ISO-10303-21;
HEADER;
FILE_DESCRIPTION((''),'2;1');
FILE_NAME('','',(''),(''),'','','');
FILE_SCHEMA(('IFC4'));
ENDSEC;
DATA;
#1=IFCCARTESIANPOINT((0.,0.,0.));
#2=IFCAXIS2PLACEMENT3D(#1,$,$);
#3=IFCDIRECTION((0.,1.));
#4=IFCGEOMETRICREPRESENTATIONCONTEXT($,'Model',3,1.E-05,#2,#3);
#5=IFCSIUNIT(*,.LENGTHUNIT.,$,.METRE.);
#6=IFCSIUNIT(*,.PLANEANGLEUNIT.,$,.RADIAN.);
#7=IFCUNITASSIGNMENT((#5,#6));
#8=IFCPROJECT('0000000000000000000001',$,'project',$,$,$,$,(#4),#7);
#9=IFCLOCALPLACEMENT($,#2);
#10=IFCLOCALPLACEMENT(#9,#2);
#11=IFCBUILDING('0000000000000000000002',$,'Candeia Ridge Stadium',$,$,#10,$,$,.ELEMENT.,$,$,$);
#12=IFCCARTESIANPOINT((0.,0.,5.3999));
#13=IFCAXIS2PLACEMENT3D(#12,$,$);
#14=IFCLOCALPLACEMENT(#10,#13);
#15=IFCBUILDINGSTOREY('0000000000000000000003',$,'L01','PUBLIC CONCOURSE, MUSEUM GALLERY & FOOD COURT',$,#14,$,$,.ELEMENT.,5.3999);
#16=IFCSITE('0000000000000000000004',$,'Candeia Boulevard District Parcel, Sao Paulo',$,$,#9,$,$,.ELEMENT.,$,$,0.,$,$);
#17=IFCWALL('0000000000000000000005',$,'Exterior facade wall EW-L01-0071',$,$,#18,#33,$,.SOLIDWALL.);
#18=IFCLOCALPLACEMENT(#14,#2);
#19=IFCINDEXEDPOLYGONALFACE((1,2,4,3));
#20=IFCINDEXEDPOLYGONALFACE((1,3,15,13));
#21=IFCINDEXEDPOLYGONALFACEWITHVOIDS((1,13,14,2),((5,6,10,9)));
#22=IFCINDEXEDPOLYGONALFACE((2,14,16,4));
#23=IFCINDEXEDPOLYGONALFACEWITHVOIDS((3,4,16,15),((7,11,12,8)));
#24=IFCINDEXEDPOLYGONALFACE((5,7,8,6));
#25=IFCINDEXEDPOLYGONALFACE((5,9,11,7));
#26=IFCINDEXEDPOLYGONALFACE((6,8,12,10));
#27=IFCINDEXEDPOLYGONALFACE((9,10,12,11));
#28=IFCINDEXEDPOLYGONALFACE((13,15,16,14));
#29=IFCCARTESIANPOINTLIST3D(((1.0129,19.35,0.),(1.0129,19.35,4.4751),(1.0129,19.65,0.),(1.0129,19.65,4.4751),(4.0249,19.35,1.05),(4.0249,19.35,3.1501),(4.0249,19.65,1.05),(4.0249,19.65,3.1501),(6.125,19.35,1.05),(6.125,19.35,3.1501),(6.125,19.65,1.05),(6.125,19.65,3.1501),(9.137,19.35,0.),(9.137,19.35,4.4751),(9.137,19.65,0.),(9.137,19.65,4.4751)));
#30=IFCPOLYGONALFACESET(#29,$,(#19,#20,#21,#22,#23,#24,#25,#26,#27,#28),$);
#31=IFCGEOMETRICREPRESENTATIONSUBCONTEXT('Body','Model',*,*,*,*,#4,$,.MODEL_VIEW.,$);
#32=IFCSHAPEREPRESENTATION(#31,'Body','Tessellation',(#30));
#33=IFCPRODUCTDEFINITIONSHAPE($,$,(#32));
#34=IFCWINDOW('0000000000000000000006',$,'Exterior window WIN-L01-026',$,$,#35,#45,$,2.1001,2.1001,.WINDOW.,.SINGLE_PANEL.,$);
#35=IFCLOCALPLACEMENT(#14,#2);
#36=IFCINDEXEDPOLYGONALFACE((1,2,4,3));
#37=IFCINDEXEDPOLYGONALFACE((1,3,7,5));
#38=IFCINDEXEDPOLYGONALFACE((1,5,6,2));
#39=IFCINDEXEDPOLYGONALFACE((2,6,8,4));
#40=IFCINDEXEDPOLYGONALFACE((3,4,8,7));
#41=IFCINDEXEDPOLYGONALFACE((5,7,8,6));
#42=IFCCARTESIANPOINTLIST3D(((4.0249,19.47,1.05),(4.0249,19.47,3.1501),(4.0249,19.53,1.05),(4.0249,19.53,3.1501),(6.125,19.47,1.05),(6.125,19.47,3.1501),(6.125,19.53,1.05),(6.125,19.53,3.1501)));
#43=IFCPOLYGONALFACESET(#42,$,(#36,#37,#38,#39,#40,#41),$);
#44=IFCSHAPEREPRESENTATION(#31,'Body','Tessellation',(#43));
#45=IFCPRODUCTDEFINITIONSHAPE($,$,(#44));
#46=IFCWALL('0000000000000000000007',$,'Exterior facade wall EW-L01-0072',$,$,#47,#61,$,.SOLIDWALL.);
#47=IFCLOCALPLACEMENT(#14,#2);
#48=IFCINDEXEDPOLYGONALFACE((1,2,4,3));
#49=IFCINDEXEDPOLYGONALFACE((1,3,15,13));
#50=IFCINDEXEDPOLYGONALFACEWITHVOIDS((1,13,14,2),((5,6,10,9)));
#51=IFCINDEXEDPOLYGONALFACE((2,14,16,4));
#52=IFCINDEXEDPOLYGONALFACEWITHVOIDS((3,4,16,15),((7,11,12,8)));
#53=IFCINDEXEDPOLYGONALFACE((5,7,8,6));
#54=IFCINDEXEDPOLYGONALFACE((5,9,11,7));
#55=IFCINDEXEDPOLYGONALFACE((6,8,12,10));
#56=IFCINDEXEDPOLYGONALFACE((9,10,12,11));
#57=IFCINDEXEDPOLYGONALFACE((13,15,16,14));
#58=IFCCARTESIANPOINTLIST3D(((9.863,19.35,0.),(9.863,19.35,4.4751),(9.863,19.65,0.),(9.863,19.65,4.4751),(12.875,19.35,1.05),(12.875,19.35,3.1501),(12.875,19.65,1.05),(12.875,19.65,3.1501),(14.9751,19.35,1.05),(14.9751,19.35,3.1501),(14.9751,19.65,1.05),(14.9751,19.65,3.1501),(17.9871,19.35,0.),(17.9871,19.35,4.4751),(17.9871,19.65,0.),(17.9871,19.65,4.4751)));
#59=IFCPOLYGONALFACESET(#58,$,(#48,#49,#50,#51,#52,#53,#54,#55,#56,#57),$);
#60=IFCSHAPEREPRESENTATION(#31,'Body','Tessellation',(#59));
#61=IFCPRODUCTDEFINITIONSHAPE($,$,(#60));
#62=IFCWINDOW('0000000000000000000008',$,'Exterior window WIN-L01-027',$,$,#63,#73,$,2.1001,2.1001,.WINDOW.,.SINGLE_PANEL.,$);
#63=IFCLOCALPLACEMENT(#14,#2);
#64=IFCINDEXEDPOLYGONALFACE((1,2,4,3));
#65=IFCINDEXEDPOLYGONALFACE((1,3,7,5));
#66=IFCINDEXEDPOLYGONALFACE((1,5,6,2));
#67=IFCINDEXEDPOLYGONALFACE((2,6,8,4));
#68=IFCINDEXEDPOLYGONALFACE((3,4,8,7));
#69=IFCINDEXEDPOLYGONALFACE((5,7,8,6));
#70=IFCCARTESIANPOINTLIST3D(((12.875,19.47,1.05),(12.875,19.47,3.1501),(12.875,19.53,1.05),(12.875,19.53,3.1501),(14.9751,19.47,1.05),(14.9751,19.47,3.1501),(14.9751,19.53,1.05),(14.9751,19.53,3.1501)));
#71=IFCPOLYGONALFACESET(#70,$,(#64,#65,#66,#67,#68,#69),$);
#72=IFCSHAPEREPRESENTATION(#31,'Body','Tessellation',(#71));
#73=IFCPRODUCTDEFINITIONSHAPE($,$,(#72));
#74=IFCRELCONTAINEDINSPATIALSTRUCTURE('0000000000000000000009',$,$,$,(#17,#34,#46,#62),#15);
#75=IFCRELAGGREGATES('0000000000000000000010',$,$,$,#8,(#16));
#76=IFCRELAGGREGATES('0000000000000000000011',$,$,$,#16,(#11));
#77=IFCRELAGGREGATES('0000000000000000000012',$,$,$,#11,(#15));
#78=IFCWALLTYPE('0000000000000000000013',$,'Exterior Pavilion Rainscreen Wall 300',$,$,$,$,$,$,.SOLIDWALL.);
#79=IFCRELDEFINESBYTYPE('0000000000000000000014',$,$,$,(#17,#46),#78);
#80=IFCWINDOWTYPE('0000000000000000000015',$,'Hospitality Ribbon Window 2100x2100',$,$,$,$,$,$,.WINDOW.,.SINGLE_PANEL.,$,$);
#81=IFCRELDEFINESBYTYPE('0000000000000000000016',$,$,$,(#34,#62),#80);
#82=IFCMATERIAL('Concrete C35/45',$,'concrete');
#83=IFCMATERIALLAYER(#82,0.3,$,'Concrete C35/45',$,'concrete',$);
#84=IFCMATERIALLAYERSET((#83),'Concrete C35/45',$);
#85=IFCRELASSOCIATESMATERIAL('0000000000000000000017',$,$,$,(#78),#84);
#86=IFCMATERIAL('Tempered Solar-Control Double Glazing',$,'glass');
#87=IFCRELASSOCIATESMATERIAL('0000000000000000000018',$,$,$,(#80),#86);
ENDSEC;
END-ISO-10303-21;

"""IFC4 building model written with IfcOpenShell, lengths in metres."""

from ifc_helpers import new_model, si_unit, direction, frame, frame_2d, origin, place, context, subcontext, project, spatial, rectangle, extrude, material, layer, layer_set, type_object, element, fill, save


model = new_model("IFC4")

# Units and contexts
model_context = context("Model", 3, precision=1e-05, world=origin(), true_north=direction((0.0, 1.0)))
body_context = subcontext(model_context, "Body", "Model", "MODEL_VIEW")
ifc_project = project(units=[si_unit("LENGTHUNIT", "METRE"), si_unit("PLANEANGLEUNIT", "RADIAN")], contexts=[model_context])

# Site, building, storey
site_placement = place(None, origin())
site = spatial("IfcSite", under=ifc_project, at=site_placement, Name="Candeia Boulevard District Parcel, Sao Paulo", CompositionType="ELEMENT", RefElevation=0.0)
building_placement = place(site_placement, origin())
building = spatial("IfcBuilding", under=site, at=building_placement, Name="Candeia Ridge Stadium", CompositionType="ELEMENT")
storey_placement = place(building_placement, frame((0.0, 0.0, 5.3999)))
storey = spatial("IfcBuildingStorey", under=building, at=storey_placement, Name="L01", Description="PUBLIC CONCOURSE, MUSEUM GALLERY & FOOD COURT", CompositionType="ELEMENT", Elevation=5.3999)

# Walls, openings, windows
ifc_material_1 = material(Name="Concrete C35/45", Category="concrete")
ifc_material_2 = material(Name="Tempered Solar-Control Double Glazing", Category="glass")
ifc_layer_1 = layer(ifc_material_1, 0.3, Name="Concrete C35/45", Category="concrete")
ifc_layer_set_1 = layer_set([ifc_layer_1], Name="Concrete C35/45")
wall_type_1 = type_object("IfcWallType", Name="Exterior Pavilion Rainscreen Wall 300", PredefinedType="SOLIDWALL", material=ifc_layer_set_1)
wall_1_placement = place(storey_placement, frame((1.0129, 19.5, 0.0), z_axis=(0.0, 0.0, 1.0), x_axis=(1.0, 0.0, 0.0)))
wall_1 = element("IfcWall", 1, at=wall_1_placement, inside=storey, type_object=wall_type_1, Name="Exterior facade wall EW-L01-0071", PredefinedType="SOLIDWALL", context=body_context, shape_type="SweptSolid", body=[
    extrude(rectangle(XDim=8.124, YDim=0.3, at=frame_2d((4.062, 0.0))), origin(), (0.0, 0.0, 1.0), 4.4751),
])
opening_1_placement = place(wall_1_placement, frame((3.012, 0.0, 1.05)))
opening_1 = element("IfcOpeningElement", 2, at=opening_1_placement, cuts=wall_1, PredefinedType="OPENING", context=body_context, shape_type="SweptSolid", body=[
    extrude(rectangle(XDim=2.1001, YDim=2.1001, at=frame_2d((1.05, 1.05))), frame((0.0, 0.1599, 0.0), z_axis=(0.0, -1.0, 0.0), x_axis=(1.0, 0.0, 0.0)), (0.0, 0.0, 1.0), 0.3201),
])
window_type_1 = type_object("IfcWindowType", Name="Hospitality Ribbon Window 2100x2100", PartitioningType="SINGLE_PANEL", PredefinedType="WINDOW", material=ifc_material_2)
window_1_placement = place(opening_1_placement, origin())
window_1 = element("IfcWindow", 3, at=window_1_placement, inside=storey, type_object=window_type_1, Name="Exterior window WIN-L01-026", OverallHeight=2.1001, OverallWidth=2.1001, PartitioningType="SINGLE_PANEL", PredefinedType="WINDOW", context=body_context, shape_type="SweptSolid", body=[
    extrude(rectangle(XDim=2.1001, YDim=2.1001, at=frame_2d((1.05, 1.05))), frame((0.0, 0.03, 0.0), z_axis=(0.0, -1.0, 0.0), x_axis=(1.0, 0.0, 0.0)), (0.0, 0.0, 1.0), 0.0601),
])
fill(opening_1, window_1)
wall_2_placement = place(storey_placement, frame((9.863, 19.5, 0.0), z_axis=(0.0, 0.0, 1.0), x_axis=(1.0, 0.0, 0.0)))
wall_2 = element("IfcWall", 4, at=wall_2_placement, inside=storey, type_object=wall_type_1, Name="Exterior facade wall EW-L01-0072", PredefinedType="SOLIDWALL", context=body_context, shape_type="SweptSolid", body=[
    extrude(rectangle(XDim=8.124, YDim=0.3, at=frame_2d((4.062, 0.0))), origin(), (0.0, 0.0, 1.0), 4.4751),
])
opening_2_placement = place(wall_2_placement, frame((3.012, 0.0, 1.05)))
opening_2 = element("IfcOpeningElement", 5, at=opening_2_placement, cuts=wall_2, PredefinedType="OPENING", context=body_context, shape_type="SweptSolid", body=[
    extrude(rectangle(XDim=2.1001, YDim=2.1001, at=frame_2d((1.05, 1.05))), frame((0.0, 0.1599, 0.0), z_axis=(0.0, -1.0, 0.0), x_axis=(1.0, 0.0, 0.0)), (0.0, 0.0, 1.0), 0.3201),
])
window_2_placement = place(opening_2_placement, origin())
window_2 = element("IfcWindow", 6, at=window_2_placement, inside=storey, type_object=window_type_1, Name="Exterior window WIN-L01-027", OverallHeight=2.1001, OverallWidth=2.1001, PartitioningType="SINGLE_PANEL", PredefinedType="WINDOW", context=body_context, shape_type="SweptSolid", body=[
    extrude(rectangle(XDim=2.1001, YDim=2.1001, at=frame_2d((1.05, 1.05))), frame((0.0, 0.03, 0.0), z_axis=(0.0, -1.0, 0.0), x_axis=(1.0, 0.0, 0.0)), (0.0, 0.0, 1.0), 0.0601),
])
fill(opening_2, window_2)

save(model, "model.ifc")
